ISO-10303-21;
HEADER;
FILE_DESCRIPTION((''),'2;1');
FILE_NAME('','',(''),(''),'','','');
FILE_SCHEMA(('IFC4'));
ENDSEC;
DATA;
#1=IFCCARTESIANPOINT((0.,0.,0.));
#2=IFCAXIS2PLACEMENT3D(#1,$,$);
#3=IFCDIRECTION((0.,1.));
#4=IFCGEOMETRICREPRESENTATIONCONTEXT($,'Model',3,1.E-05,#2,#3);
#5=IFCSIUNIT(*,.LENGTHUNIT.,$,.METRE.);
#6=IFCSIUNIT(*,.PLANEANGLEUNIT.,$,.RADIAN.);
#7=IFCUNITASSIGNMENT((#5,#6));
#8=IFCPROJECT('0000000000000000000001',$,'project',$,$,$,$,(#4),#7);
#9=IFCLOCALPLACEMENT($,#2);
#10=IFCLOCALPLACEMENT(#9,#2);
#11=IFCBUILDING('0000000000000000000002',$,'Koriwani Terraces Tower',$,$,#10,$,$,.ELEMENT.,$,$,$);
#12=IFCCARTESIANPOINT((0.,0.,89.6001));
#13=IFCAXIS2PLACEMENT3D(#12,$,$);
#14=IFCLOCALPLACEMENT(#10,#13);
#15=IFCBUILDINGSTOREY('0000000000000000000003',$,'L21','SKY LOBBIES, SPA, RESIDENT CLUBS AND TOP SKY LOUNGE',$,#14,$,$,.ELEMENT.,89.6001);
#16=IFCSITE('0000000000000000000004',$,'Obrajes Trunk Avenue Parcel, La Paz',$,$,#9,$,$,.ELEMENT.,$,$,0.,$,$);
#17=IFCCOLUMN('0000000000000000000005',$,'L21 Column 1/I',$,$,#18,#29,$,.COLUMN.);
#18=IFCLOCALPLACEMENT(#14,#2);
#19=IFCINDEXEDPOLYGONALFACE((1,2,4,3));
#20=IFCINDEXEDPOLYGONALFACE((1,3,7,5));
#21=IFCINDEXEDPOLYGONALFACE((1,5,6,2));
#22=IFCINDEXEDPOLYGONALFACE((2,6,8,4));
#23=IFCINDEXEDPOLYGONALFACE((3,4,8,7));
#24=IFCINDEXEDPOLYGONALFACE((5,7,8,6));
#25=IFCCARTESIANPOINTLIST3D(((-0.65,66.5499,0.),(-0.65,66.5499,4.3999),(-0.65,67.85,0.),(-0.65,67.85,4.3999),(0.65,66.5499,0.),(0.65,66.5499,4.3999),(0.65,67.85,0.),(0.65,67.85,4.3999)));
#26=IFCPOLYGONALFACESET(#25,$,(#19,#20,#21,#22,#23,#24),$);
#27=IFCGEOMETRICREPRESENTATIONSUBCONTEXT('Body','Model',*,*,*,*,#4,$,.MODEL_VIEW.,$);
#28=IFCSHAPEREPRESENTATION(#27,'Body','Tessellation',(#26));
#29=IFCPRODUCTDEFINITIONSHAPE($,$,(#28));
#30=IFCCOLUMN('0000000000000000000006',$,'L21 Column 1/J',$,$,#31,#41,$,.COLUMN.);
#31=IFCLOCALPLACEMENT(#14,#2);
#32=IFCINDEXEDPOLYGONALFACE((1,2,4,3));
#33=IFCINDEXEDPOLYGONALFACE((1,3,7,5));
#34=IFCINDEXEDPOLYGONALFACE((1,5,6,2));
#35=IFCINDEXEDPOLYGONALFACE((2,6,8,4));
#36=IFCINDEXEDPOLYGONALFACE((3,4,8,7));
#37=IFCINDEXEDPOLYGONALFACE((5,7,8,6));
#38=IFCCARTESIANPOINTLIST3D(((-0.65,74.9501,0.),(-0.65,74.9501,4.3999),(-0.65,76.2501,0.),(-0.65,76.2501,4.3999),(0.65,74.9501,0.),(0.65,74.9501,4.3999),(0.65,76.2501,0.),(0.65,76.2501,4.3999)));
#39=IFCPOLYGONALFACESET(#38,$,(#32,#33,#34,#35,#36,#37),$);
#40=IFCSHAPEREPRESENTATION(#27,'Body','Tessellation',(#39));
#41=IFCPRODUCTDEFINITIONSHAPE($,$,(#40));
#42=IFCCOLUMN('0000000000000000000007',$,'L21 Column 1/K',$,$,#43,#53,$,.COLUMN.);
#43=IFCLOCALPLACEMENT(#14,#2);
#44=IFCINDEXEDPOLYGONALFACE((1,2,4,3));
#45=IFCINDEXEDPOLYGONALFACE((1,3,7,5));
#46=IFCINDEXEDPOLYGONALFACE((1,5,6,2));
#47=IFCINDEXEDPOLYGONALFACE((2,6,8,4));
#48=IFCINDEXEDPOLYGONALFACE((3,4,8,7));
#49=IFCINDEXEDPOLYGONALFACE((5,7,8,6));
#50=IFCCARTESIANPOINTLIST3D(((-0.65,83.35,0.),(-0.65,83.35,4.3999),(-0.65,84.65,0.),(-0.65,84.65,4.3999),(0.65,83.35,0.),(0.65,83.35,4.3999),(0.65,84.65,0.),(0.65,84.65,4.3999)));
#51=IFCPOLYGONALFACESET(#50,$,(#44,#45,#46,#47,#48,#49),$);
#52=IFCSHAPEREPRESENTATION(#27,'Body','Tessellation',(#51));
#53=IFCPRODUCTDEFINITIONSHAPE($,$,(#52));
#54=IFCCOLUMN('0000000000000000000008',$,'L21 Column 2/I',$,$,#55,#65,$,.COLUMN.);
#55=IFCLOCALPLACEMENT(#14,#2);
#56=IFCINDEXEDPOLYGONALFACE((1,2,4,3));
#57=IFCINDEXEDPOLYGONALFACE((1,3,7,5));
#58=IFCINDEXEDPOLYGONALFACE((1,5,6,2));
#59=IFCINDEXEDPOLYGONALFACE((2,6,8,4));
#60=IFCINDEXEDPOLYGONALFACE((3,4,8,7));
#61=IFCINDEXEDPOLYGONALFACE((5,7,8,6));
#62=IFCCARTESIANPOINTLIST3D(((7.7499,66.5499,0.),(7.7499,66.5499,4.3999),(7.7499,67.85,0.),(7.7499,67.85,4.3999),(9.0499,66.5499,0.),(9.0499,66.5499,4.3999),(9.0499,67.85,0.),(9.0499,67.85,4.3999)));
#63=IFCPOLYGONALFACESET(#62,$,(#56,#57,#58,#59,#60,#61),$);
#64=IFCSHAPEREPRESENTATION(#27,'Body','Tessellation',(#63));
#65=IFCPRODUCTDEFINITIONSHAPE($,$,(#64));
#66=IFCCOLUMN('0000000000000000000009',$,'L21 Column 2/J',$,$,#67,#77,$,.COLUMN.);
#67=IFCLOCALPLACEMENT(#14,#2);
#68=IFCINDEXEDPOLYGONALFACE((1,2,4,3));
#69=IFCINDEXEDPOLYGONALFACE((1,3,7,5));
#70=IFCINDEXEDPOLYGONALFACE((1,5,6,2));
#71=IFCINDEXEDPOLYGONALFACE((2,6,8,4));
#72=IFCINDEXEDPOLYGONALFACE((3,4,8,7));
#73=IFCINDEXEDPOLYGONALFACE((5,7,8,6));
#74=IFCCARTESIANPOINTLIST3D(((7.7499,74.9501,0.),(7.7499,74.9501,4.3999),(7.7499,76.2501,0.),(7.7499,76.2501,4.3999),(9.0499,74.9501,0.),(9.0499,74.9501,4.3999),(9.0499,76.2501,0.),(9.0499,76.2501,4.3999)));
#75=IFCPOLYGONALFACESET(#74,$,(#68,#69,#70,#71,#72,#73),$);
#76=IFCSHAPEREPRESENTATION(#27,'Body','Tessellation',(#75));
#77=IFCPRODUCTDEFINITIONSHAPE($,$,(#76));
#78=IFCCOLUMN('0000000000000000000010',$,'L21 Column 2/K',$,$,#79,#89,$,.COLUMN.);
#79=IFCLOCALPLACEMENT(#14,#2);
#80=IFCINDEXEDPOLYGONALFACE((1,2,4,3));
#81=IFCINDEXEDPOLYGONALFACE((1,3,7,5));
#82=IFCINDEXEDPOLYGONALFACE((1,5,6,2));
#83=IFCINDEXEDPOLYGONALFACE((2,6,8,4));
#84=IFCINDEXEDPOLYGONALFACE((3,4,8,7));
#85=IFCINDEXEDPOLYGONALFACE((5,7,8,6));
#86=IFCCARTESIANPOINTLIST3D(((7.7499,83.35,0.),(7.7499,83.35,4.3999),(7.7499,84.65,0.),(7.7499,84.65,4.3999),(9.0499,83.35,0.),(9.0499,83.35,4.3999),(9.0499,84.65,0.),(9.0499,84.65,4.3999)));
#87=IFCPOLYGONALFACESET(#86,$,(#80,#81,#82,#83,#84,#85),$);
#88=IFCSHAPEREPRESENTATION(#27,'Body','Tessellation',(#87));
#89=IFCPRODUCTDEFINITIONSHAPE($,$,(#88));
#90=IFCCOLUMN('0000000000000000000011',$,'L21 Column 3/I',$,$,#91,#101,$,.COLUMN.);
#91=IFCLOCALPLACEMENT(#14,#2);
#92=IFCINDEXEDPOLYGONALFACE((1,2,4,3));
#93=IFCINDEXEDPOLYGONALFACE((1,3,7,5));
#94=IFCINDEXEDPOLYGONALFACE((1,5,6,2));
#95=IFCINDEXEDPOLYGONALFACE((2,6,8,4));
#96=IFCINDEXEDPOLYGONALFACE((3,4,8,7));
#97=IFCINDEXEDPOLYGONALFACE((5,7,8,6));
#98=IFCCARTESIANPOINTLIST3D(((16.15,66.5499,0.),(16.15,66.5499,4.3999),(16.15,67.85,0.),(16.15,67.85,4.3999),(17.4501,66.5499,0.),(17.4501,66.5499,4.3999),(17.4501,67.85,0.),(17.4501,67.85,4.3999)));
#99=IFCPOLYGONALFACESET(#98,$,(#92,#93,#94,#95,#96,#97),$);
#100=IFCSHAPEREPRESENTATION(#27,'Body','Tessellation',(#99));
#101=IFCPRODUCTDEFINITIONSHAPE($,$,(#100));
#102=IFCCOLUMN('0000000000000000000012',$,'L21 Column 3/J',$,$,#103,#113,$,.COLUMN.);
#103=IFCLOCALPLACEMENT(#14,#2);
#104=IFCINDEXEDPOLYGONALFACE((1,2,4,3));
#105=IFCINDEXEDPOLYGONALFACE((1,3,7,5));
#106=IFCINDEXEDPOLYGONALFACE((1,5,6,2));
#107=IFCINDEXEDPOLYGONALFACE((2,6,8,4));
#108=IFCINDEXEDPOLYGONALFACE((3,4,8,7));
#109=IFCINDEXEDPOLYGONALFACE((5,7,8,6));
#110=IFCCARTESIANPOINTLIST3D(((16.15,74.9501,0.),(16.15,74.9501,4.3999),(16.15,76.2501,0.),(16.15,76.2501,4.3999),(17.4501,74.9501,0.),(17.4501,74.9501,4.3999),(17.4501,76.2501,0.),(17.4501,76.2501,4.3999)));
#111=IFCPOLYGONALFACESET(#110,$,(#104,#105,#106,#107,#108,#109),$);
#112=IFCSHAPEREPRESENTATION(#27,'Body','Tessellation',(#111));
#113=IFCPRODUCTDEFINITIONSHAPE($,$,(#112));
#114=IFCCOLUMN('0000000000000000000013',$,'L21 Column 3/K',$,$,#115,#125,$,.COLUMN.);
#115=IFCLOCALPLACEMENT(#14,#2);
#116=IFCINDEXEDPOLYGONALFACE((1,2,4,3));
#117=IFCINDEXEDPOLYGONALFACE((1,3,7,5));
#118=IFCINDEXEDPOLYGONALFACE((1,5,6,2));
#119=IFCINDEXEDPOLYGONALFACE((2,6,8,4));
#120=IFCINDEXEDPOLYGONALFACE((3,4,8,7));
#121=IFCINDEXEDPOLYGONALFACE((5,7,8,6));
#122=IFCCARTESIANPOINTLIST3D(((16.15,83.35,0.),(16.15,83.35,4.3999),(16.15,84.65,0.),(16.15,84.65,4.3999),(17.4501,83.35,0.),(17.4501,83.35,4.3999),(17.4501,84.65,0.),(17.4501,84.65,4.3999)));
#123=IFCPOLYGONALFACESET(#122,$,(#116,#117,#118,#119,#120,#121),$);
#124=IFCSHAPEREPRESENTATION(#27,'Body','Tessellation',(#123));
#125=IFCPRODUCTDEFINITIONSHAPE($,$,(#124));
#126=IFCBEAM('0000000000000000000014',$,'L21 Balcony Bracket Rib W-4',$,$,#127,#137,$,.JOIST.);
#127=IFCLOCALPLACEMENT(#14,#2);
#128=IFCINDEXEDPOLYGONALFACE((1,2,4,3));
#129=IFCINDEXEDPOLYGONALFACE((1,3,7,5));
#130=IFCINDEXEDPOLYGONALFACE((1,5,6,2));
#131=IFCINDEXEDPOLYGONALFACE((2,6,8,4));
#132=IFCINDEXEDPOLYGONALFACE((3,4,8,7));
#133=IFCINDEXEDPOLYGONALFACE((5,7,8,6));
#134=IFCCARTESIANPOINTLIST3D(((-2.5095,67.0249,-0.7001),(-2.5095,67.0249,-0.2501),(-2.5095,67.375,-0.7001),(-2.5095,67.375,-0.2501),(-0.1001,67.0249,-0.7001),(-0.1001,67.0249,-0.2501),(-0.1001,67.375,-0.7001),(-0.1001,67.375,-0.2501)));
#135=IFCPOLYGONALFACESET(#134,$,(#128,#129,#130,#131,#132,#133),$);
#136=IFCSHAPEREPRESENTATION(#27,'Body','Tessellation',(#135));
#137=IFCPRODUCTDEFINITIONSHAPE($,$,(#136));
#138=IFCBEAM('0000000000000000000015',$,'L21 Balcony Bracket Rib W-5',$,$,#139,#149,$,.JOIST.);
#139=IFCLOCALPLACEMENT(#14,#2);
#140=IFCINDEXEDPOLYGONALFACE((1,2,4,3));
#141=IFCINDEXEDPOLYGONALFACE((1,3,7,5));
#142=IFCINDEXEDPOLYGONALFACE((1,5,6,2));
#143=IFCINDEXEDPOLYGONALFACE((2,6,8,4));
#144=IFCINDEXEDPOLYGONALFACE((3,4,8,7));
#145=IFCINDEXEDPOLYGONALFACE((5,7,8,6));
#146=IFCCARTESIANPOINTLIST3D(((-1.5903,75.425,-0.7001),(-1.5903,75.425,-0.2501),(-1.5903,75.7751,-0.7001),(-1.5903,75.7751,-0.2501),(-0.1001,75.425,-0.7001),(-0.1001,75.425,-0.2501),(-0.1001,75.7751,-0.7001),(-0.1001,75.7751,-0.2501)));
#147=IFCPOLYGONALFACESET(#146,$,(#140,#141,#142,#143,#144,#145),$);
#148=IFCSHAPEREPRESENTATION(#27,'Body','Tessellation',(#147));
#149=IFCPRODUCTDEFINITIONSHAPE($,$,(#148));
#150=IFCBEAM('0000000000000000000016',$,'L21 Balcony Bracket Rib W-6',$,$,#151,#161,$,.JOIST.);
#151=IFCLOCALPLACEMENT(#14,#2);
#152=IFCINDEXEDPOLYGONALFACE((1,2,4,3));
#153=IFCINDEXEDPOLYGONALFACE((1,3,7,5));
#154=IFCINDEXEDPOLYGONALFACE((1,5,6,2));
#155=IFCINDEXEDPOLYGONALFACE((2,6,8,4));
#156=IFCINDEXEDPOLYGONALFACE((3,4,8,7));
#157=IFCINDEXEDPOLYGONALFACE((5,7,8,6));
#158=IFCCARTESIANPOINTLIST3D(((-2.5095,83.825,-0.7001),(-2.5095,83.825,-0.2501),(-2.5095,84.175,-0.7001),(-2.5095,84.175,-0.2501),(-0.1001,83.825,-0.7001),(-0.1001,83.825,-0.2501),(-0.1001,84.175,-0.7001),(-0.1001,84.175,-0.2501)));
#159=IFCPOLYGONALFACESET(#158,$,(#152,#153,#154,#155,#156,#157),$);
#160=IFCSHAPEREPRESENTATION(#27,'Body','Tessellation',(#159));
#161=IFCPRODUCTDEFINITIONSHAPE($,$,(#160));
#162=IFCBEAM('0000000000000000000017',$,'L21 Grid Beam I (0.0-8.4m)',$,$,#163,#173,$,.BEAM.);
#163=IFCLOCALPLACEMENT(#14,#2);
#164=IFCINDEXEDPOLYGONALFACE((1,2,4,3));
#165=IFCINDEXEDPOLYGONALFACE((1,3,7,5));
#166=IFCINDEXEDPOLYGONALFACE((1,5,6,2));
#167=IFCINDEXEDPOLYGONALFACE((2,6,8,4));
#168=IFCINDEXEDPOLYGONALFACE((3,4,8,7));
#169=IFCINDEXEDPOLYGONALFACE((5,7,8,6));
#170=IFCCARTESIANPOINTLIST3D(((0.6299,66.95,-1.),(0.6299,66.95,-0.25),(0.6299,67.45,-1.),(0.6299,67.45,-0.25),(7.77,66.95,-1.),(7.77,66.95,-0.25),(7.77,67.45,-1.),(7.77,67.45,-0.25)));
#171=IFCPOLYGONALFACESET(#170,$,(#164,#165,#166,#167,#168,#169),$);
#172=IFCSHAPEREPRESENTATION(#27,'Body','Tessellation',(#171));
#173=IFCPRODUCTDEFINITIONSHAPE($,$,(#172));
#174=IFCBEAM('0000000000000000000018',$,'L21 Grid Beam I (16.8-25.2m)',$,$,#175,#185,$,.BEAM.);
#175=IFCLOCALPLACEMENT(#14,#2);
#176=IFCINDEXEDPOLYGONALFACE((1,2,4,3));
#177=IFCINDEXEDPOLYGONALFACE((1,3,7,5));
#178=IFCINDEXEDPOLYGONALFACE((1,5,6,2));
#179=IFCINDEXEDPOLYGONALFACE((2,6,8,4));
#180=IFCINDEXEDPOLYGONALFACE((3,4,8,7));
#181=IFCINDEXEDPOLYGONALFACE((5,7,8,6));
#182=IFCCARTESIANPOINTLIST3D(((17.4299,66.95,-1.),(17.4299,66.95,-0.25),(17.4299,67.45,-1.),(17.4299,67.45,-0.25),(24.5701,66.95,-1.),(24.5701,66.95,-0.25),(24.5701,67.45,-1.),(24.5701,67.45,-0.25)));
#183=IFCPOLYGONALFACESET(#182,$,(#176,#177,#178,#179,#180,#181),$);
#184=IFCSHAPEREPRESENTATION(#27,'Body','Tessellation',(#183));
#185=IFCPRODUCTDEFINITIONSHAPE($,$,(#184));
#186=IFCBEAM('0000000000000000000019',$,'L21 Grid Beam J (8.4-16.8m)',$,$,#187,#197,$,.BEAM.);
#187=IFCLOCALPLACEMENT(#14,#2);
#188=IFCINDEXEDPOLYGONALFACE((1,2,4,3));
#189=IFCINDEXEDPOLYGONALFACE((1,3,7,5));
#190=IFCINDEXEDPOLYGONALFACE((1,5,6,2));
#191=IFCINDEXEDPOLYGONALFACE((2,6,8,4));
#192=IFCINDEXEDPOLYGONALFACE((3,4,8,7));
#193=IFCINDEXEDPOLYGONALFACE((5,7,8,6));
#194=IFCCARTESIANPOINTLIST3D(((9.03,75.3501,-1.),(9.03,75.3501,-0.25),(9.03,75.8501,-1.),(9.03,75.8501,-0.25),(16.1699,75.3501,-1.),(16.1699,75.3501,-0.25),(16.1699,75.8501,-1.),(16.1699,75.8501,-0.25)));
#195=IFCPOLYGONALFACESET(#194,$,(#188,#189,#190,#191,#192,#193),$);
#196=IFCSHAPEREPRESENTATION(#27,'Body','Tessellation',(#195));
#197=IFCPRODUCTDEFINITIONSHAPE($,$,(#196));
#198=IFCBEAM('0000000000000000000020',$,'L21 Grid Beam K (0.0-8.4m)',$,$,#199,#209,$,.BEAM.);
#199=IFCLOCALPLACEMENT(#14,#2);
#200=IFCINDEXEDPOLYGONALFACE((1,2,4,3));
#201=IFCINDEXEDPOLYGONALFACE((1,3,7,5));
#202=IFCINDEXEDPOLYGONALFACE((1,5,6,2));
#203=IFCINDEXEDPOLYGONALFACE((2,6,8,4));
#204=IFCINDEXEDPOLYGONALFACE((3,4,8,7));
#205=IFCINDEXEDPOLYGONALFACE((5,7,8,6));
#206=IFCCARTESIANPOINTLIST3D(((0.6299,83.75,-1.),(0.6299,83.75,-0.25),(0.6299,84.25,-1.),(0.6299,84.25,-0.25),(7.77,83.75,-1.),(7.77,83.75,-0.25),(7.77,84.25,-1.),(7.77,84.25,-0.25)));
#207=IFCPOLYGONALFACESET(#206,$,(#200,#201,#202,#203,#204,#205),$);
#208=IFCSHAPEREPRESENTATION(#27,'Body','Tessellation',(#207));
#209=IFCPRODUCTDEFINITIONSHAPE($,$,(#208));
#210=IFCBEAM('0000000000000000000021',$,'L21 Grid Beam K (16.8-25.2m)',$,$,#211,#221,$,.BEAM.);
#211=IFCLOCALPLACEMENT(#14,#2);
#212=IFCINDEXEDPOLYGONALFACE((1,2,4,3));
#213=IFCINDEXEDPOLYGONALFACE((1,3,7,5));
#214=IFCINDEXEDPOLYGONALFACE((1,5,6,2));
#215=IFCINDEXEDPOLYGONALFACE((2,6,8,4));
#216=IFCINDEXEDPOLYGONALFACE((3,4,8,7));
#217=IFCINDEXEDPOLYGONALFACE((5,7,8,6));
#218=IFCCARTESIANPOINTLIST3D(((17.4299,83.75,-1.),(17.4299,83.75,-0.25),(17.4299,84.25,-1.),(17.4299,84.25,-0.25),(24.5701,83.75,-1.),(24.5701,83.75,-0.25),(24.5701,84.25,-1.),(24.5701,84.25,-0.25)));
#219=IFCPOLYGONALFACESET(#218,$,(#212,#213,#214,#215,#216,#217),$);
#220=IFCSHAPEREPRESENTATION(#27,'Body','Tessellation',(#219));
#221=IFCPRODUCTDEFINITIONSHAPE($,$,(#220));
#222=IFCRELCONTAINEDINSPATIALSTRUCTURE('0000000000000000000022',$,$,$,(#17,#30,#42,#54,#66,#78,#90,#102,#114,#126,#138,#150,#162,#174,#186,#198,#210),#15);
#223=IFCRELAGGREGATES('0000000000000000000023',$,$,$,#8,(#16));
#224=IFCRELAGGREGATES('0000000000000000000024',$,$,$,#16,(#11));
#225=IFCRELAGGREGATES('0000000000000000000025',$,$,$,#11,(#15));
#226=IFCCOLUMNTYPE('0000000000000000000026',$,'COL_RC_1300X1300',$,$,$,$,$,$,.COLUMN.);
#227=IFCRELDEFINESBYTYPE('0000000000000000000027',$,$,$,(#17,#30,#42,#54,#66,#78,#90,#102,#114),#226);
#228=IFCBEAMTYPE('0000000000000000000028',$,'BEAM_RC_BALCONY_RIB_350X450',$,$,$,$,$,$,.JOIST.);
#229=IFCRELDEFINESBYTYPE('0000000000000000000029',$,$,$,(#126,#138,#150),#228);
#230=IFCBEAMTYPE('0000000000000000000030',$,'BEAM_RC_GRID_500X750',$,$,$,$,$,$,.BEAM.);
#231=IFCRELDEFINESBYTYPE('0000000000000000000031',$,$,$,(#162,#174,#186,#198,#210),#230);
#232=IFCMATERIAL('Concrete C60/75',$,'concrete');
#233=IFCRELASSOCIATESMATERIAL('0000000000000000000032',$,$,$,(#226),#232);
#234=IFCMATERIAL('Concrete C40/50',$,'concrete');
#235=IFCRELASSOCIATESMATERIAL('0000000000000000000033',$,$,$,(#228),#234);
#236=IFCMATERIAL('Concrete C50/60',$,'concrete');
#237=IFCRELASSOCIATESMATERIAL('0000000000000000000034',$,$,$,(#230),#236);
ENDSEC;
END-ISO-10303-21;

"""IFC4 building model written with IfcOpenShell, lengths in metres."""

from ifc_helpers import new_model, si_unit, direction, frame, origin, origin_2d, place, context, subcontext, project, spatial, rectangle, extrude, material, material_profile, profile_set, type_object, element, save


model = new_model("IFC4")

# Units and contexts
model_context = context("Model", 3, precision=1e-05, world=origin(), true_north=direction((0.0, 1.0)))
body_context = subcontext(model_context, "Body", "Model", "MODEL_VIEW")
ifc_project = project(units=[si_unit("LENGTHUNIT", "METRE"), si_unit("PLANEANGLEUNIT", "RADIAN")], contexts=[model_context])

# Site, building, storey
site_placement = place(None, origin())
site = spatial("IfcSite", under=ifc_project, at=site_placement, Name="Obrajes Trunk Avenue Parcel, La Paz", CompositionType="ELEMENT", RefElevation=0.0)
building_placement = place(site_placement, origin())
building = spatial("IfcBuilding", under=site, at=building_placement, Name="Koriwani Terraces Tower", CompositionType="ELEMENT")
storey_placement = place(building_placement, frame((0.0, 0.0, 89.6001)))
storey = spatial("IfcBuildingStorey", under=building, at=storey_placement, Name="L21", Description="SKY LOBBIES, SPA, RESIDENT CLUBS AND TOP SKY LOUNGE", CompositionType="ELEMENT", Elevation=89.6001)

# Columns
ifc_material_1 = material(Name="Concrete C60/75", Category="concrete")
ifc_material_profile_1 = material_profile(ifc_material_1, rectangle(XDim=1.3, YDim=1.3, at=origin_2d()), Name="Concrete C60/75", Category="LoadBearing")
ifc_profile_set_1 = profile_set([ifc_material_profile_1], Name="Concrete C60/75")
column_type = type_object("IfcColumnType", Name="COL_RC_1300X1300", PredefinedType="COLUMN", material=ifc_profile_set_1)
for number, where, z_axis, x_axis, name in (
    (1, (0.0, 67.2, 0.0), (0.0, 0.0, 1.0), (1.0, 0.0, 0.0), "L21 Column 1/I"),
    (2, (0.0, 75.6001, 0.0), (0.0, 0.0, 1.0), (1.0, 0.0, 0.0), "L21 Column 1/J"),
    (3, (0.0, 84.0, 0.0), (0.0, 0.0, 1.0), (1.0, 0.0, 0.0), "L21 Column 1/K"),
    (4, (8.3999, 67.2, 0.0), (0.0, 0.0, 1.0), (1.0, 0.0, 0.0), "L21 Column 2/I"),
    (5, (8.3999, 75.6001, 0.0), (0.0, 0.0, 1.0), (1.0, 0.0, 0.0), "L21 Column 2/J"),
    (6, (8.3999, 84.0, 0.0), (0.0, 0.0, 1.0), (1.0, 0.0, 0.0), "L21 Column 2/K"),
    (7, (16.8, 67.2, 0.0), (0.0, 0.0, 1.0), (1.0, 0.0, 0.0), "L21 Column 3/I"),
    (8, (16.8, 75.6001, 0.0), (0.0, 0.0, 1.0), (1.0, 0.0, 0.0), "L21 Column 3/J"),
    (9, (16.8, 84.0, 0.0), (0.0, 0.0, 1.0), (1.0, 0.0, 0.0), "L21 Column 3/K"),
):
    element("IfcColumn", number, at=place(storey_placement, frame(where, z_axis=z_axis, x_axis=x_axis)), inside=storey, type_object=column_type, Name=name, PredefinedType="COLUMN", context=body_context, shape_type="SweptSolid", body=[
        extrude(rectangle(XDim=1.3, YDim=1.3, at=origin_2d()), origin(), (0.0, 0.0, 1.0), 4.3999),
    ])

# Beams
ifc_material_2 = material(Name="Concrete C40/50", Category="concrete")
ifc_material_profile_2 = material_profile(ifc_material_2, rectangle(XDim=0.3501, YDim=0.45, at=origin_2d()), Name="Concrete C40/50", Category="LoadBearing")
ifc_profile_set_2 = profile_set([ifc_material_profile_2], Name="Concrete C40/50")
beam_type_1 = type_object("IfcBeamType", Name="BEAM_RC_BALCONY_RIB_350X450", PredefinedType="JOIST", material=ifc_profile_set_2)
beam_1_placement = place(storey_placement, frame((-2.5095, 67.2, -0.4751), z_axis=(1.0, 0.0, 0.0), x_axis=(0.0, 1.0, 0.0)))
element("IfcBeam", 10, at=beam_1_placement, inside=storey, type_object=beam_type_1, Name="L21 Balcony Bracket Rib W-4", PredefinedType="JOIST", context=body_context, shape_type="SweptSolid", body=[
    extrude(rectangle(XDim=0.3501, YDim=0.45, at=origin_2d()), origin(), (0.0, 0.0, 1.0), 2.4094),
])
beam_2_placement = place(storey_placement, frame((-1.5903, 75.6001, -0.4751), z_axis=(1.0, 0.0, 0.0), x_axis=(0.0, 1.0, 0.0)))
element("IfcBeam", 11, at=beam_2_placement, inside=storey, type_object=beam_type_1, Name="L21 Balcony Bracket Rib W-5", PredefinedType="JOIST", context=body_context, shape_type="SweptSolid", body=[
    extrude(rectangle(XDim=0.3501, YDim=0.45, at=origin_2d()), origin(), (0.0, 0.0, 1.0), 1.4902),
])
beam_3_placement = place(storey_placement, frame((-2.5095, 84.0, -0.4751), z_axis=(1.0, 0.0, 0.0), x_axis=(0.0, 1.0, 0.0)))
element("IfcBeam", 12, at=beam_3_placement, inside=storey, type_object=beam_type_1, Name="L21 Balcony Bracket Rib W-6", PredefinedType="JOIST", context=body_context, shape_type="SweptSolid", body=[
    extrude(rectangle(XDim=0.3501, YDim=0.45, at=origin_2d()), origin(), (0.0, 0.0, 1.0), 2.4094),
])
ifc_material_3 = material(Name="Concrete C50/60", Category="concrete")
ifc_material_profile_3 = material_profile(ifc_material_3, rectangle(XDim=0.5, YDim=0.75, at=origin_2d()), Name="Concrete C50/60", Category="LoadBearing")
ifc_profile_set_3 = profile_set([ifc_material_profile_3], Name="Concrete C50/60")
beam_type_2 = type_object("IfcBeamType", Name="BEAM_RC_GRID_500X750", PredefinedType="BEAM", material=ifc_profile_set_3)
for number, where, z_axis, x_axis, name in (
    (13, (0.6299, 67.2, -0.625), (1.0, 0.0, 0.0), (0.0, 1.0, 0.0), "L21 Grid Beam I (0.0-8.4m)"),
    (14, (17.4299, 67.2, -0.625), (1.0, 0.0, 0.0), (0.0, 1.0, 0.0), "L21 Grid Beam I (16.8-25.2m)"),
):
    element("IfcBeam", number, at=place(storey_placement, frame(where, z_axis=z_axis, x_axis=x_axis)), inside=storey, type_object=beam_type_2, Name=name, PredefinedType="BEAM", context=body_context, shape_type="SweptSolid", body=[
        extrude(rectangle(XDim=0.5, YDim=0.75, at=origin_2d()), origin(), (0.0, 0.0, 1.0), 7.1401),
    ])
beam_4_placement = place(storey_placement, frame((9.03, 75.6001, -0.625), z_axis=(1.0, 0.0, 0.0), x_axis=(0.0, 1.0, 0.0)))
element("IfcBeam", 15, at=beam_4_placement, inside=storey, type_object=beam_type_2, Name="L21 Grid Beam J (8.4-16.8m)", PredefinedType="BEAM", context=body_context, shape_type="SweptSolid", body=[
    extrude(rectangle(XDim=0.5, YDim=0.75, at=origin_2d()), origin(), (0.0, 0.0, 1.0), 7.1399),
])
for number, where, z_axis, x_axis, name in (
    (16, (0.6299, 84.0, -0.625), (1.0, 0.0, 0.0), (0.0, 1.0, 0.0), "L21 Grid Beam K (0.0-8.4m)"),
    (17, (17.4299, 84.0, -0.625), (1.0, 0.0, 0.0), (0.0, 1.0, 0.0), "L21 Grid Beam K (16.8-25.2m)"),
):
    element("IfcBeam", number, at=place(storey_placement, frame(where, z_axis=z_axis, x_axis=x_axis)), inside=storey, type_object=beam_type_2, Name=name, PredefinedType="BEAM", context=body_context, shape_type="SweptSolid", body=[
        extrude(rectangle(XDim=0.5, YDim=0.75, at=origin_2d()), origin(), (0.0, 0.0, 1.0), 7.1401),
    ])

save(model, "model.ifc")
